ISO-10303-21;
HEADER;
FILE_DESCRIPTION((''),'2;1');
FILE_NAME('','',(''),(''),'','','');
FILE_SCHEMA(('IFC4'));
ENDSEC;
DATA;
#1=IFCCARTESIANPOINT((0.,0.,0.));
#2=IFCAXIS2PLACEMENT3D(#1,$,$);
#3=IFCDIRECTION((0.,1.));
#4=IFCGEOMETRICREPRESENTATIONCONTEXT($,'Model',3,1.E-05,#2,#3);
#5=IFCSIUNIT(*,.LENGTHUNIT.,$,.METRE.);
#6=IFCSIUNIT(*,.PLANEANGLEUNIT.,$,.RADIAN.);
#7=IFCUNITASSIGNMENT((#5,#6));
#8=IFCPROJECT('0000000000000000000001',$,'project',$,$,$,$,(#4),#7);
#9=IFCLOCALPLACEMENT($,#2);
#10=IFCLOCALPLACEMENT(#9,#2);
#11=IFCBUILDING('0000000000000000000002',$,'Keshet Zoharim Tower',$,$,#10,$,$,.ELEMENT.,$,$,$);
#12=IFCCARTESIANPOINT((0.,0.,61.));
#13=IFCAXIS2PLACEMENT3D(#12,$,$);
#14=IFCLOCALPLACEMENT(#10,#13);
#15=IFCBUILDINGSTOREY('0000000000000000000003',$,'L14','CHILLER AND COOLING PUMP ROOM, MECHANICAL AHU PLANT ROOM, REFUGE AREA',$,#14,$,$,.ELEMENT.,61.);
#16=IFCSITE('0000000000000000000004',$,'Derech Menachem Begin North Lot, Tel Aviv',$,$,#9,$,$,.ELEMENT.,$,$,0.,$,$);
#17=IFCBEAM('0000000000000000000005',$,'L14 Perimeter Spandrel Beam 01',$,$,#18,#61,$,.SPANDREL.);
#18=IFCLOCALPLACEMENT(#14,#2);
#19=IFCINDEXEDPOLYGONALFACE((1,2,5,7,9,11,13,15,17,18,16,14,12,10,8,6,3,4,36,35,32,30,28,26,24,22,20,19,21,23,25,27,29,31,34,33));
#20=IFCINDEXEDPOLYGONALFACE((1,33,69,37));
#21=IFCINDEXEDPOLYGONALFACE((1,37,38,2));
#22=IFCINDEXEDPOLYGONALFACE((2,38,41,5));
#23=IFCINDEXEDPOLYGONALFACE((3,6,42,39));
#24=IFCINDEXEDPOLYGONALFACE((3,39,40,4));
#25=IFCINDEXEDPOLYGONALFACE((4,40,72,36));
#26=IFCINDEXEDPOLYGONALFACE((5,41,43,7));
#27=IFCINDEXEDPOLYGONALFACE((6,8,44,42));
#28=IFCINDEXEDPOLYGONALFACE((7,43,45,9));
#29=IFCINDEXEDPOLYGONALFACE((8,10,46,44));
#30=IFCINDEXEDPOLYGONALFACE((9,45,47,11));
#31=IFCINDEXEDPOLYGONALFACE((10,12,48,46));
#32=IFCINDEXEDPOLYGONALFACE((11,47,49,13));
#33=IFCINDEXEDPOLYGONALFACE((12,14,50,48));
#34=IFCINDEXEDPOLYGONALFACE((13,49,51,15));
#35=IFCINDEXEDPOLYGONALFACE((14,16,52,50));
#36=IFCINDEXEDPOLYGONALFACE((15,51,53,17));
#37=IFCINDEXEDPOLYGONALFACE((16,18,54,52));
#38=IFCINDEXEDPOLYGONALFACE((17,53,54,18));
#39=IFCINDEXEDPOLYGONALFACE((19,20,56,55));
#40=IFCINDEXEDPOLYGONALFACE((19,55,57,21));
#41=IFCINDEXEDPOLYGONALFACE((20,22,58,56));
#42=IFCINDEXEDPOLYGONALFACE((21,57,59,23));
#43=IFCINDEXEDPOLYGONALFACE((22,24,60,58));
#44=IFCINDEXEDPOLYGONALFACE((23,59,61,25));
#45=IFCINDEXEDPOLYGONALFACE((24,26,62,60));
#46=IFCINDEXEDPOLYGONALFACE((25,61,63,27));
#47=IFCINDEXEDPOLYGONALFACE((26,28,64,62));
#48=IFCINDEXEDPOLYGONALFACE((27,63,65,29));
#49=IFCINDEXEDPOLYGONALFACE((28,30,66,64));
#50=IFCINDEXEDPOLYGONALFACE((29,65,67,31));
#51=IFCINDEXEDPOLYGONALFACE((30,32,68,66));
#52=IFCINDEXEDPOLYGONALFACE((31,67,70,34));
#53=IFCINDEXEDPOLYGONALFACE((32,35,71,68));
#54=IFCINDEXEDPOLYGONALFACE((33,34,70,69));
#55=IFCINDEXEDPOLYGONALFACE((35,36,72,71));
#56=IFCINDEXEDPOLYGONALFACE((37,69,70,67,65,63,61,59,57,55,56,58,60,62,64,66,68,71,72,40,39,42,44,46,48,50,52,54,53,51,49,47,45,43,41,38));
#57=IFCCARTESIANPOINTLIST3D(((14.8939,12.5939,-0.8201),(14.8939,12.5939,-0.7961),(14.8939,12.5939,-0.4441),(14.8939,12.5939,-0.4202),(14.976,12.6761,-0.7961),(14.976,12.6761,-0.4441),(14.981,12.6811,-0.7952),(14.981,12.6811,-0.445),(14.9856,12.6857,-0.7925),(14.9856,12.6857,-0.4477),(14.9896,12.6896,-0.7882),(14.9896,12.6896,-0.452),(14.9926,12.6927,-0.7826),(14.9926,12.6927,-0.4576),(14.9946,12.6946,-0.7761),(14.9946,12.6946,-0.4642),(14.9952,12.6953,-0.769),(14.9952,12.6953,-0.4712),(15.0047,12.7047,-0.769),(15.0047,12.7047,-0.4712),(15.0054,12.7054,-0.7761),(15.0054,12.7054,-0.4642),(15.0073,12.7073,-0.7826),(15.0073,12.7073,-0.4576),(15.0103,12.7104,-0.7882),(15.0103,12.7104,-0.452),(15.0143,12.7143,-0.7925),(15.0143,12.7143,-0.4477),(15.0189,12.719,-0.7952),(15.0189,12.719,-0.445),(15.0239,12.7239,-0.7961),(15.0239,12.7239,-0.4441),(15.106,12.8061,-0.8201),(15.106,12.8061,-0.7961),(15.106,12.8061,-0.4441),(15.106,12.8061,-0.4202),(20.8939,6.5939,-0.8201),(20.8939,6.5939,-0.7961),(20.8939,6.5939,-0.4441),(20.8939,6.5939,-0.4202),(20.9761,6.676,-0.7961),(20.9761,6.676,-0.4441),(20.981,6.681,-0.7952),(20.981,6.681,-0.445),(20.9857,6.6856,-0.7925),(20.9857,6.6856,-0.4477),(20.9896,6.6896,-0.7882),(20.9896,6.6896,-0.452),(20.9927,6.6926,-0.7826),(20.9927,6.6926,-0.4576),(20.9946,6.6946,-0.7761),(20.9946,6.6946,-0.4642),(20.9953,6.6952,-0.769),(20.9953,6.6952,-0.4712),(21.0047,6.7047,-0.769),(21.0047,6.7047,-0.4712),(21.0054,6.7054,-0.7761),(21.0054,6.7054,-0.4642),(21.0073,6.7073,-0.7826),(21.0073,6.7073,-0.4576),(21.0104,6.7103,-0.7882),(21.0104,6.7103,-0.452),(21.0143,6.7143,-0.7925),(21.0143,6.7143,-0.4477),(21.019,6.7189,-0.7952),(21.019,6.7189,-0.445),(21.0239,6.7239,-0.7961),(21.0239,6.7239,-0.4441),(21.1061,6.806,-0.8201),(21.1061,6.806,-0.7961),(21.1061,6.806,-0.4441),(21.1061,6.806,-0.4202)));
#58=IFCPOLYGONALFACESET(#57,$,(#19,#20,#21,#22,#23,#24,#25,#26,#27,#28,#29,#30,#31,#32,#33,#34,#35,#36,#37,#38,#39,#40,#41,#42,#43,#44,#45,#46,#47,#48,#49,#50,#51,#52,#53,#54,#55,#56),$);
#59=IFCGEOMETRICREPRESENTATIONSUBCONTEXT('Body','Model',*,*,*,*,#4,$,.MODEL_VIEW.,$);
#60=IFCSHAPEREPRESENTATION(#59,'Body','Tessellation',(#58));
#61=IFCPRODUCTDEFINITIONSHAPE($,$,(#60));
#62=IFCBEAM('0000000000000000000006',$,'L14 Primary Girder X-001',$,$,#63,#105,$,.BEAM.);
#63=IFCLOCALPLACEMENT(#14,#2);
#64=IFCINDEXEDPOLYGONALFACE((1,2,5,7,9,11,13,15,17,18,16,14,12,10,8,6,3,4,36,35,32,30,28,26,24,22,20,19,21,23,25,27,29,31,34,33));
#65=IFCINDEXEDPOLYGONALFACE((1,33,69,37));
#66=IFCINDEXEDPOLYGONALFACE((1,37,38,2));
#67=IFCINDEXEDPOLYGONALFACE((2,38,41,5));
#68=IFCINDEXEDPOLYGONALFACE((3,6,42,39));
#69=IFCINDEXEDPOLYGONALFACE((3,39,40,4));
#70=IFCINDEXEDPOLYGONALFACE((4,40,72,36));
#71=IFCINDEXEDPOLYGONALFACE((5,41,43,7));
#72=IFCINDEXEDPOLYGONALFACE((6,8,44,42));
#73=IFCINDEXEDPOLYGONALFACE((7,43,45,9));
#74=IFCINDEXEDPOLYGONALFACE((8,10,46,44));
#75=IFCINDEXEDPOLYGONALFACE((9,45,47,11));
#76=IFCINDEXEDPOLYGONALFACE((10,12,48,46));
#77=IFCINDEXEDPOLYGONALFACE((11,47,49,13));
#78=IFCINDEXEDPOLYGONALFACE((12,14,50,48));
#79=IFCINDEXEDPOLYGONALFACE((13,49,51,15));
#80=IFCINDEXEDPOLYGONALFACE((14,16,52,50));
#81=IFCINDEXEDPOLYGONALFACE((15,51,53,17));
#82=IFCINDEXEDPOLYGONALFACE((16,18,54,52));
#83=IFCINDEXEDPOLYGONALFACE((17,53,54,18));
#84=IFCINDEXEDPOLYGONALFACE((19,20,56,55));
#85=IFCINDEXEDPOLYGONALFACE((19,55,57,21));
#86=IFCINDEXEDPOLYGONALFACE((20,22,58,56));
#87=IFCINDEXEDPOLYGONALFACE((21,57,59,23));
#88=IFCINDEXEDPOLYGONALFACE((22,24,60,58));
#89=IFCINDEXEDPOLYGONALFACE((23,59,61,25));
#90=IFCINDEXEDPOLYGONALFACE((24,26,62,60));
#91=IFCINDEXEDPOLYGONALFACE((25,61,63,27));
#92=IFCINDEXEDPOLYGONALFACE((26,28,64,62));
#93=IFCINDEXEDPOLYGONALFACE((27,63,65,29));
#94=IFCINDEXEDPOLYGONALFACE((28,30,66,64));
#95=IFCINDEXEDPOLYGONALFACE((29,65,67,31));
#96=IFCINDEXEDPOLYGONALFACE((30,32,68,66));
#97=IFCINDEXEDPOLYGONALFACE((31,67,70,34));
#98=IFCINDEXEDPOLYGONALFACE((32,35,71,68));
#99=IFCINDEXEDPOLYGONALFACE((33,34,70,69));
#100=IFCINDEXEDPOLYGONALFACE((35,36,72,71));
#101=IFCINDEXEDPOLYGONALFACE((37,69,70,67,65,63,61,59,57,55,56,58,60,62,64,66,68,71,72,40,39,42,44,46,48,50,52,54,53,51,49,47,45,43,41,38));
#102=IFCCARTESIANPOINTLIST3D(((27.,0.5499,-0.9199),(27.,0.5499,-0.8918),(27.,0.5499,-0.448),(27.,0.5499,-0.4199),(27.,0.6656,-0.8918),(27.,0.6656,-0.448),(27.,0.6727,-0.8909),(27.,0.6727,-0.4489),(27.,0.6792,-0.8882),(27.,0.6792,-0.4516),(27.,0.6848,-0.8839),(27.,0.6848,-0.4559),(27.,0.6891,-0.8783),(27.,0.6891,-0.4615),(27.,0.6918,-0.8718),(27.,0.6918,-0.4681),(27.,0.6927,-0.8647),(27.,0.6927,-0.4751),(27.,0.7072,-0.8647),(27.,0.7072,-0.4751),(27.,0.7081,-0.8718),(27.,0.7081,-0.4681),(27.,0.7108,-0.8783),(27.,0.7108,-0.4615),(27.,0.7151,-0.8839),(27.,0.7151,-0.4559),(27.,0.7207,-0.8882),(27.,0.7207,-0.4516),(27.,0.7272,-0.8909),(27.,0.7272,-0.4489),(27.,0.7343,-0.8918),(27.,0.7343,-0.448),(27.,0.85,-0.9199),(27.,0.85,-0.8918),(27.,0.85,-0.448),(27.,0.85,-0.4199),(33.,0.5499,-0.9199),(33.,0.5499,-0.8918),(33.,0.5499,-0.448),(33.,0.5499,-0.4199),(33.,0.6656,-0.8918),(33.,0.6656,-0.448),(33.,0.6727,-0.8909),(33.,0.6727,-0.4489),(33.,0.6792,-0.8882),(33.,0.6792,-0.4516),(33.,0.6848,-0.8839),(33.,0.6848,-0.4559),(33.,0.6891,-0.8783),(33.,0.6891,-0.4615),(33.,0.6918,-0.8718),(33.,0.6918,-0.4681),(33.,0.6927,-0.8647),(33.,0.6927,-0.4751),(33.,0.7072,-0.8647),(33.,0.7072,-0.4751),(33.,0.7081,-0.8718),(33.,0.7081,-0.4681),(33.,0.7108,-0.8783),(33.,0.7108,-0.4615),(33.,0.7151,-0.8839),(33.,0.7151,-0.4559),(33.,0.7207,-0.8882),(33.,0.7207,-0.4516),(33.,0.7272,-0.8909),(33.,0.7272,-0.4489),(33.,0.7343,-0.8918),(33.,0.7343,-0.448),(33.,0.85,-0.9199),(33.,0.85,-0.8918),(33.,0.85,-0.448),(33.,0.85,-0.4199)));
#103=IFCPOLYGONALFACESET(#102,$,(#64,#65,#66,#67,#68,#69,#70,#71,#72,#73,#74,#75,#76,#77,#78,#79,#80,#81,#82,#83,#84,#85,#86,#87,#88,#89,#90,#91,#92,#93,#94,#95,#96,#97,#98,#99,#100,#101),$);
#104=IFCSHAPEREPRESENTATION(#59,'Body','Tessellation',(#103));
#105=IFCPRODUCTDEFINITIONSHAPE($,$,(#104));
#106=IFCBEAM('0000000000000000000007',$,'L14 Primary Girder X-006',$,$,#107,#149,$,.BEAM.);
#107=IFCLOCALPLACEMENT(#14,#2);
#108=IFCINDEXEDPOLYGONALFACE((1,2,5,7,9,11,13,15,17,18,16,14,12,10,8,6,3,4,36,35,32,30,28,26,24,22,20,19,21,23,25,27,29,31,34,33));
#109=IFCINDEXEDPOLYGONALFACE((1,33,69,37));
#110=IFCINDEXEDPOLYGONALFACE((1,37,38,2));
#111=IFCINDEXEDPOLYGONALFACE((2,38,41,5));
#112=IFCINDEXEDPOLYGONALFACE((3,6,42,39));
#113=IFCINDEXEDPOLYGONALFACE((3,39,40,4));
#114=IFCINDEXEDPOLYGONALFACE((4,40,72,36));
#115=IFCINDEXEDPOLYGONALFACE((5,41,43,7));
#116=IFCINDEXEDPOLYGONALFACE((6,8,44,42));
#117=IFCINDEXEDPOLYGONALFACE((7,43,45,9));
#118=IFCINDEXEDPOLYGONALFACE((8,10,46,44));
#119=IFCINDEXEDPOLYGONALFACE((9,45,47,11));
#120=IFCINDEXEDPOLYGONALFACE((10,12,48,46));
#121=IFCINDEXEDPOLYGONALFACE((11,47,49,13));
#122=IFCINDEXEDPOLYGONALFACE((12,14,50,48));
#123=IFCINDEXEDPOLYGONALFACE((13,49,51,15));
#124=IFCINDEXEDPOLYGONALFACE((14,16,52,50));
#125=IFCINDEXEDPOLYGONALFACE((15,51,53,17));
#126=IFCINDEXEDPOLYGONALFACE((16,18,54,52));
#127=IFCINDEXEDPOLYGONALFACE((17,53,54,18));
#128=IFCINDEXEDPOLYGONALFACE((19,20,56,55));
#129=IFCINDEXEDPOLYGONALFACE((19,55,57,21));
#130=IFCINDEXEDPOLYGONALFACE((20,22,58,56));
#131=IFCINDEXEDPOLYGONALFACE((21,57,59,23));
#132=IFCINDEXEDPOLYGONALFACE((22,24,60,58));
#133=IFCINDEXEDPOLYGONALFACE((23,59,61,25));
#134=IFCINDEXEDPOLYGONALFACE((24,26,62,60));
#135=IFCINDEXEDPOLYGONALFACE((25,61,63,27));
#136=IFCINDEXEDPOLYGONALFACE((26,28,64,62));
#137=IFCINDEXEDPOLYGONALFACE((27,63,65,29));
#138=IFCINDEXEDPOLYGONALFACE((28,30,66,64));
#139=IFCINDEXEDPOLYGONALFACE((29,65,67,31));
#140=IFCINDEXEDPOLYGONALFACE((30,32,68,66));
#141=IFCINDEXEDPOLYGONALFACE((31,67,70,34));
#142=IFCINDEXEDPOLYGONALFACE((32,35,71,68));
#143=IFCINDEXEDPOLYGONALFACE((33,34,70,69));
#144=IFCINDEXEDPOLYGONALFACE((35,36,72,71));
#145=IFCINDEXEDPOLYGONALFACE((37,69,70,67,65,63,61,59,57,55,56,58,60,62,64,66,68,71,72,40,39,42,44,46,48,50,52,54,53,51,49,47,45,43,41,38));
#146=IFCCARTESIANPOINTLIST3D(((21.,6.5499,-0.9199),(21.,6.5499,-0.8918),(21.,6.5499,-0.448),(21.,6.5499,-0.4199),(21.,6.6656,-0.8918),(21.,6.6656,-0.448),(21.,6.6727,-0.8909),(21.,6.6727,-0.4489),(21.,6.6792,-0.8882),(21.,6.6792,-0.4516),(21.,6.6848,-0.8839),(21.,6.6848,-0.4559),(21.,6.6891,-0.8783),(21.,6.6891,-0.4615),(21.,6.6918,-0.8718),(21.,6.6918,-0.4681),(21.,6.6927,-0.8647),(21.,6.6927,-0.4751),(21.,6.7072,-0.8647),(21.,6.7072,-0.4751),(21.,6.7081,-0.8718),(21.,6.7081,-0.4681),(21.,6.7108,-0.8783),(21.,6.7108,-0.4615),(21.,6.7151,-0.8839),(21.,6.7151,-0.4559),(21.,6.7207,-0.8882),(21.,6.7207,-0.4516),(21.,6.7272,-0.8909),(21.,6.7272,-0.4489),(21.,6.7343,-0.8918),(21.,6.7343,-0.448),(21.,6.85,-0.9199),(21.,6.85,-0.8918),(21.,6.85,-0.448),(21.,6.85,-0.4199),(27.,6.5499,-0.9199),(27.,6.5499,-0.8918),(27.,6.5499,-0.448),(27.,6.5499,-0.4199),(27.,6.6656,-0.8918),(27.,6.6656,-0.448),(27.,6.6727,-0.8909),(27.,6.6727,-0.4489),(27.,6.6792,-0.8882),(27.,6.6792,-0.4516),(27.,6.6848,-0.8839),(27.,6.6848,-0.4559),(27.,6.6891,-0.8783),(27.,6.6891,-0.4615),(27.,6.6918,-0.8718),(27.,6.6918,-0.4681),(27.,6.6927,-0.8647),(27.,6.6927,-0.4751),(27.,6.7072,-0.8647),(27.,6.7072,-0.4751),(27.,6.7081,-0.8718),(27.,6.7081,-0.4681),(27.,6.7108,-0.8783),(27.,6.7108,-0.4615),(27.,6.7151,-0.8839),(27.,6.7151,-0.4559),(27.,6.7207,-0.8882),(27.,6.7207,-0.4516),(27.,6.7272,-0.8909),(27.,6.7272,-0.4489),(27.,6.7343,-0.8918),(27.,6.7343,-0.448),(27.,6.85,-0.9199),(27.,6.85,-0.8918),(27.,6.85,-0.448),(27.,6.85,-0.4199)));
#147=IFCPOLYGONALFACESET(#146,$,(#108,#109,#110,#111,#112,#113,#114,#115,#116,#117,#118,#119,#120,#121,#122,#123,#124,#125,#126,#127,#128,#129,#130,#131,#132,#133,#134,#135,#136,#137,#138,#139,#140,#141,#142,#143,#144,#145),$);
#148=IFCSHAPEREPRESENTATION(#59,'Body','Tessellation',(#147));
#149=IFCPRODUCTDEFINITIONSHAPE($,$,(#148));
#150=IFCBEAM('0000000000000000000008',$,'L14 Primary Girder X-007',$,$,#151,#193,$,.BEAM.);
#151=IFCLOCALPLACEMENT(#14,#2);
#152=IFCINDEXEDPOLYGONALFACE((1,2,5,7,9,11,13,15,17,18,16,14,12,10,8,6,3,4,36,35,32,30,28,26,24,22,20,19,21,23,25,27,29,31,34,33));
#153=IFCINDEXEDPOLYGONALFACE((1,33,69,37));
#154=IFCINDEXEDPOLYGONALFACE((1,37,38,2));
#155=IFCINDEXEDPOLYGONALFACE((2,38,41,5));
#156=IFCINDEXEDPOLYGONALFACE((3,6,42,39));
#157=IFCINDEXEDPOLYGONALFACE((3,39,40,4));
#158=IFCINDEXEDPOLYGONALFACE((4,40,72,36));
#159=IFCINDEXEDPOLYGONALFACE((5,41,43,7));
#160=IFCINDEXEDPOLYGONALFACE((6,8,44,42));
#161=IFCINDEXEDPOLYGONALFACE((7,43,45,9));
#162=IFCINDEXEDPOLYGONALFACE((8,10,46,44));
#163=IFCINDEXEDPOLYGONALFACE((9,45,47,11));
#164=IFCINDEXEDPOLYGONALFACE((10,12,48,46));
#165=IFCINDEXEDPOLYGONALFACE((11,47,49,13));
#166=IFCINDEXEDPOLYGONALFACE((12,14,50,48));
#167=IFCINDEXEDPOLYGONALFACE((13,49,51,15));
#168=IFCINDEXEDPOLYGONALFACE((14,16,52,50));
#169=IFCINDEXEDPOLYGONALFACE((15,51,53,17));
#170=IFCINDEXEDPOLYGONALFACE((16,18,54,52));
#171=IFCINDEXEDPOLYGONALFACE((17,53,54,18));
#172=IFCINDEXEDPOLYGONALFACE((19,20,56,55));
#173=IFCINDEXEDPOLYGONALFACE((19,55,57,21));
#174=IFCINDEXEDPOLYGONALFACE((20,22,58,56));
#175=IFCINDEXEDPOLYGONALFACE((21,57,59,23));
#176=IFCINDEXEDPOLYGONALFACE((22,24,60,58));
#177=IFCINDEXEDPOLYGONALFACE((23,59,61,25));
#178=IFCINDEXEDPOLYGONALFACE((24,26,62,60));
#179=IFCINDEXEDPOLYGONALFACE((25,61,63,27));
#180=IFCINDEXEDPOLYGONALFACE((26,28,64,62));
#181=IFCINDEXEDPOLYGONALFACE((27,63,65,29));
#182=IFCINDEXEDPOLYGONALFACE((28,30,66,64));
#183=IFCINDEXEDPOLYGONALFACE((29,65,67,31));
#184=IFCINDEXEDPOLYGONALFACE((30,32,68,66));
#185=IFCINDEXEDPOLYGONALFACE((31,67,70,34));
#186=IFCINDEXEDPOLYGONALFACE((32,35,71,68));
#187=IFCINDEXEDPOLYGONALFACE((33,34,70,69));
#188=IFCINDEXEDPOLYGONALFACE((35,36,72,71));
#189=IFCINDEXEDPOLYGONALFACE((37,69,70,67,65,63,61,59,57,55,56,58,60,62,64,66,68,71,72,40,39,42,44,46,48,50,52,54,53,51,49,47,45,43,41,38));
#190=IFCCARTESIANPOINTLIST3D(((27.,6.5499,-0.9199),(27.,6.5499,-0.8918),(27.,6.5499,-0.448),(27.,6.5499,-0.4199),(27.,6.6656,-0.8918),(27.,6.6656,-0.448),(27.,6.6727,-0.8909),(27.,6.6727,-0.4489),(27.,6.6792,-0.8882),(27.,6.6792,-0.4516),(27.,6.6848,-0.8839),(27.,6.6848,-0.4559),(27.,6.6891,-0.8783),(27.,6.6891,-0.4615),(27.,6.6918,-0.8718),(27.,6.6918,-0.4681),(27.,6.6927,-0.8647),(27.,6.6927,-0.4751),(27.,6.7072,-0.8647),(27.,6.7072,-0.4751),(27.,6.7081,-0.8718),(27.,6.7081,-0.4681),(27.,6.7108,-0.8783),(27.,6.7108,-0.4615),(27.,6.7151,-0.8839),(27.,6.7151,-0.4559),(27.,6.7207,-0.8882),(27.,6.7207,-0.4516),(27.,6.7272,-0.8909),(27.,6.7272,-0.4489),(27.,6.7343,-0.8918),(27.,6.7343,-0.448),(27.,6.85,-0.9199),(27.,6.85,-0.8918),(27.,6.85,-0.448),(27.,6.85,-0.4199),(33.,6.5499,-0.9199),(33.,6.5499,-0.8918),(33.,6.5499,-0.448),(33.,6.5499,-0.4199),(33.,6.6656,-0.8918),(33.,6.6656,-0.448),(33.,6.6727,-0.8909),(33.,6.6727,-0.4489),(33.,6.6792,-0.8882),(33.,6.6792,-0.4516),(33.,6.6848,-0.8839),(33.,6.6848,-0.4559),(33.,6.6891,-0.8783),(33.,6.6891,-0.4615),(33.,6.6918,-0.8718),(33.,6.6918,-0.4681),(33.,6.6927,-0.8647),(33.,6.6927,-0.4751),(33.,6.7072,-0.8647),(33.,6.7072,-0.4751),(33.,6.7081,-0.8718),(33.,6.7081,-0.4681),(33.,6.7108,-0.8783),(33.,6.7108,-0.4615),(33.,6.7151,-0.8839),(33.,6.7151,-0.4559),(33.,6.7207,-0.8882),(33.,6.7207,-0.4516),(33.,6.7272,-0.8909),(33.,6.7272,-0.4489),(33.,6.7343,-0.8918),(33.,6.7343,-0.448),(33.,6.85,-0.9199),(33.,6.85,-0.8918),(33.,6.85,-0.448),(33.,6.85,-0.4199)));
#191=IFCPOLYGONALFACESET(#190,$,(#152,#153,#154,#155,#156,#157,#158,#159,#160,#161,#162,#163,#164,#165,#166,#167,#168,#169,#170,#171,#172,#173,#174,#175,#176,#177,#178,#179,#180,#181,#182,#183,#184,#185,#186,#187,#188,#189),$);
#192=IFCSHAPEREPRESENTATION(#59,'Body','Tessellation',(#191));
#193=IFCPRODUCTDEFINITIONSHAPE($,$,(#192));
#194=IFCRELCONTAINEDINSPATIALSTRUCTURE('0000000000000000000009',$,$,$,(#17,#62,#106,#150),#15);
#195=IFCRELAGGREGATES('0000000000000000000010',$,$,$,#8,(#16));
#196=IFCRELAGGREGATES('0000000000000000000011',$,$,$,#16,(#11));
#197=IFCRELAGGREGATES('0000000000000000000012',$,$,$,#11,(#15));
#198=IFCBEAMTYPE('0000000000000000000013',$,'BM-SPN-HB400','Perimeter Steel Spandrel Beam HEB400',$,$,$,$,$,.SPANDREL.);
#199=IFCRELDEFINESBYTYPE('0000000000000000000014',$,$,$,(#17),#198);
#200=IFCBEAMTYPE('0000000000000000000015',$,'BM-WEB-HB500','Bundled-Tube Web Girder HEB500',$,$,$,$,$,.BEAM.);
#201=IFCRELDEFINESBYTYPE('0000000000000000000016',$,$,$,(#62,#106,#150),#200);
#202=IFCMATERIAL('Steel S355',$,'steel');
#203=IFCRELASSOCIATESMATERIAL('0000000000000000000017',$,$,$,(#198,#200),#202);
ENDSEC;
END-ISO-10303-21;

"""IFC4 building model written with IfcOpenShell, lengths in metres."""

from ifc_helpers import new_model, si_unit, direction, frame, origin, origin_2d, place, context, subcontext, project, spatial, i_section, extrude, material, material_profile, profile_set, type_object, element, save


model = new_model("IFC4")

# Units and contexts
model_context = context("Model", 3, precision=1e-05, world=origin(), true_north=direction((0.0, 1.0)))
body_context = subcontext(model_context, "Body", "Model", "MODEL_VIEW")
ifc_project = project(units=[si_unit("LENGTHUNIT", "METRE"), si_unit("PLANEANGLEUNIT", "RADIAN")], contexts=[model_context])

# Site, building, storey
site_placement = place(None, origin())
site = spatial("IfcSite", under=ifc_project, at=site_placement, Name="Derech Menachem Begin North Lot, Tel Aviv", CompositionType="ELEMENT", RefElevation=0.0)
building_placement = place(site_placement, origin())
building = spatial("IfcBuilding", under=site, at=building_placement, Name="Keshet Zoharim Tower", CompositionType="ELEMENT")
storey_placement = place(building_placement, frame((0.0, 0.0, 61.0)))
storey = spatial("IfcBuildingStorey", under=building, at=storey_placement, Name="L14", Description="CHILLER AND COOLING PUMP ROOM, MECHANICAL AHU PLANT ROOM, REFUGE AREA", CompositionType="ELEMENT", Elevation=61.0)

# Shared definitions
ifc_material_1 = material(Name="Steel S355", Category="steel")

# Beams
ifc_material_profile_1 = material_profile(ifc_material_1, i_section(OverallWidth=0.3, OverallDepth=0.3999, WebThickness=0.0134, FlangeThickness=0.0239, FilletRadius=0.0271, at=origin_2d()), Name="HEB400")
ifc_profile_set_1 = profile_set([ifc_material_profile_1], Name="Steel S355")
beam_type_1 = type_object("IfcBeamType", Name="BM-SPN-HB400", Description="Perimeter Steel Spandrel Beam HEB400", PredefinedType="SPANDREL", material=ifc_profile_set_1)
beam_1_placement = place(storey_placement, frame((21.0, 6.7, -0.6201), z_axis=(-0.707107, 0.707107, 0.0), x_axis=(-0.707107, -0.707107, 0.0)))
element("IfcBeam", 1, at=beam_1_placement, inside=storey, type_object=beam_type_1, Name="L14 Perimeter Spandrel Beam 01", PredefinedType="SPANDREL", context=body_context, shape_type="SweptSolid", body=[
    extrude(i_section(OverallWidth=0.3, OverallDepth=0.3999, WebThickness=0.0134, FlangeThickness=0.0239, FilletRadius=0.0271, at=origin_2d()), origin(), (0.0, 0.0, 1.0), 8.4854),
])
ifc_material_profile_2 = material_profile(ifc_material_1, i_section(OverallWidth=0.3, OverallDepth=0.5, WebThickness=0.0144, FlangeThickness=0.0281, FilletRadius=0.0271, at=origin_2d()), Name="HEB500")
ifc_profile_set_2 = profile_set([ifc_material_profile_2], Name="Steel S355")
beam_type_2 = type_object("IfcBeamType", Name="BM-WEB-HB500", Description="Bundled-Tube Web Girder HEB500", PredefinedType="BEAM", material=ifc_profile_set_2)
for number, where, z_axis, x_axis, name in (
    (2, (27.0, 0.7, -0.6699), (1.0, 0.0, 0.0), (0.0, 1.0, 0.0), "L14 Primary Girder X-001"),
    (3, (21.0, 6.7, -0.6699), (1.0, 0.0, 0.0), (0.0, 1.0, 0.0), "L14 Primary Girder X-006"),
    (4, (27.0, 6.7, -0.6699), (1.0, 0.0, 0.0), (0.0, 1.0, 0.0), "L14 Primary Girder X-007"),
):
    element("IfcBeam", number, at=place(storey_placement, frame(where, z_axis=z_axis, x_axis=x_axis)), inside=storey, type_object=beam_type_2, Name=name, PredefinedType="BEAM", context=body_context, shape_type="SweptSolid", body=[
        extrude(i_section(OverallWidth=0.3, OverallDepth=0.5, WebThickness=0.0144, FlangeThickness=0.0281, FilletRadius=0.0271, at=origin_2d()), origin(), (0.0, 0.0, 1.0), 6.0),
    ])

save(model, "model.ifc")
